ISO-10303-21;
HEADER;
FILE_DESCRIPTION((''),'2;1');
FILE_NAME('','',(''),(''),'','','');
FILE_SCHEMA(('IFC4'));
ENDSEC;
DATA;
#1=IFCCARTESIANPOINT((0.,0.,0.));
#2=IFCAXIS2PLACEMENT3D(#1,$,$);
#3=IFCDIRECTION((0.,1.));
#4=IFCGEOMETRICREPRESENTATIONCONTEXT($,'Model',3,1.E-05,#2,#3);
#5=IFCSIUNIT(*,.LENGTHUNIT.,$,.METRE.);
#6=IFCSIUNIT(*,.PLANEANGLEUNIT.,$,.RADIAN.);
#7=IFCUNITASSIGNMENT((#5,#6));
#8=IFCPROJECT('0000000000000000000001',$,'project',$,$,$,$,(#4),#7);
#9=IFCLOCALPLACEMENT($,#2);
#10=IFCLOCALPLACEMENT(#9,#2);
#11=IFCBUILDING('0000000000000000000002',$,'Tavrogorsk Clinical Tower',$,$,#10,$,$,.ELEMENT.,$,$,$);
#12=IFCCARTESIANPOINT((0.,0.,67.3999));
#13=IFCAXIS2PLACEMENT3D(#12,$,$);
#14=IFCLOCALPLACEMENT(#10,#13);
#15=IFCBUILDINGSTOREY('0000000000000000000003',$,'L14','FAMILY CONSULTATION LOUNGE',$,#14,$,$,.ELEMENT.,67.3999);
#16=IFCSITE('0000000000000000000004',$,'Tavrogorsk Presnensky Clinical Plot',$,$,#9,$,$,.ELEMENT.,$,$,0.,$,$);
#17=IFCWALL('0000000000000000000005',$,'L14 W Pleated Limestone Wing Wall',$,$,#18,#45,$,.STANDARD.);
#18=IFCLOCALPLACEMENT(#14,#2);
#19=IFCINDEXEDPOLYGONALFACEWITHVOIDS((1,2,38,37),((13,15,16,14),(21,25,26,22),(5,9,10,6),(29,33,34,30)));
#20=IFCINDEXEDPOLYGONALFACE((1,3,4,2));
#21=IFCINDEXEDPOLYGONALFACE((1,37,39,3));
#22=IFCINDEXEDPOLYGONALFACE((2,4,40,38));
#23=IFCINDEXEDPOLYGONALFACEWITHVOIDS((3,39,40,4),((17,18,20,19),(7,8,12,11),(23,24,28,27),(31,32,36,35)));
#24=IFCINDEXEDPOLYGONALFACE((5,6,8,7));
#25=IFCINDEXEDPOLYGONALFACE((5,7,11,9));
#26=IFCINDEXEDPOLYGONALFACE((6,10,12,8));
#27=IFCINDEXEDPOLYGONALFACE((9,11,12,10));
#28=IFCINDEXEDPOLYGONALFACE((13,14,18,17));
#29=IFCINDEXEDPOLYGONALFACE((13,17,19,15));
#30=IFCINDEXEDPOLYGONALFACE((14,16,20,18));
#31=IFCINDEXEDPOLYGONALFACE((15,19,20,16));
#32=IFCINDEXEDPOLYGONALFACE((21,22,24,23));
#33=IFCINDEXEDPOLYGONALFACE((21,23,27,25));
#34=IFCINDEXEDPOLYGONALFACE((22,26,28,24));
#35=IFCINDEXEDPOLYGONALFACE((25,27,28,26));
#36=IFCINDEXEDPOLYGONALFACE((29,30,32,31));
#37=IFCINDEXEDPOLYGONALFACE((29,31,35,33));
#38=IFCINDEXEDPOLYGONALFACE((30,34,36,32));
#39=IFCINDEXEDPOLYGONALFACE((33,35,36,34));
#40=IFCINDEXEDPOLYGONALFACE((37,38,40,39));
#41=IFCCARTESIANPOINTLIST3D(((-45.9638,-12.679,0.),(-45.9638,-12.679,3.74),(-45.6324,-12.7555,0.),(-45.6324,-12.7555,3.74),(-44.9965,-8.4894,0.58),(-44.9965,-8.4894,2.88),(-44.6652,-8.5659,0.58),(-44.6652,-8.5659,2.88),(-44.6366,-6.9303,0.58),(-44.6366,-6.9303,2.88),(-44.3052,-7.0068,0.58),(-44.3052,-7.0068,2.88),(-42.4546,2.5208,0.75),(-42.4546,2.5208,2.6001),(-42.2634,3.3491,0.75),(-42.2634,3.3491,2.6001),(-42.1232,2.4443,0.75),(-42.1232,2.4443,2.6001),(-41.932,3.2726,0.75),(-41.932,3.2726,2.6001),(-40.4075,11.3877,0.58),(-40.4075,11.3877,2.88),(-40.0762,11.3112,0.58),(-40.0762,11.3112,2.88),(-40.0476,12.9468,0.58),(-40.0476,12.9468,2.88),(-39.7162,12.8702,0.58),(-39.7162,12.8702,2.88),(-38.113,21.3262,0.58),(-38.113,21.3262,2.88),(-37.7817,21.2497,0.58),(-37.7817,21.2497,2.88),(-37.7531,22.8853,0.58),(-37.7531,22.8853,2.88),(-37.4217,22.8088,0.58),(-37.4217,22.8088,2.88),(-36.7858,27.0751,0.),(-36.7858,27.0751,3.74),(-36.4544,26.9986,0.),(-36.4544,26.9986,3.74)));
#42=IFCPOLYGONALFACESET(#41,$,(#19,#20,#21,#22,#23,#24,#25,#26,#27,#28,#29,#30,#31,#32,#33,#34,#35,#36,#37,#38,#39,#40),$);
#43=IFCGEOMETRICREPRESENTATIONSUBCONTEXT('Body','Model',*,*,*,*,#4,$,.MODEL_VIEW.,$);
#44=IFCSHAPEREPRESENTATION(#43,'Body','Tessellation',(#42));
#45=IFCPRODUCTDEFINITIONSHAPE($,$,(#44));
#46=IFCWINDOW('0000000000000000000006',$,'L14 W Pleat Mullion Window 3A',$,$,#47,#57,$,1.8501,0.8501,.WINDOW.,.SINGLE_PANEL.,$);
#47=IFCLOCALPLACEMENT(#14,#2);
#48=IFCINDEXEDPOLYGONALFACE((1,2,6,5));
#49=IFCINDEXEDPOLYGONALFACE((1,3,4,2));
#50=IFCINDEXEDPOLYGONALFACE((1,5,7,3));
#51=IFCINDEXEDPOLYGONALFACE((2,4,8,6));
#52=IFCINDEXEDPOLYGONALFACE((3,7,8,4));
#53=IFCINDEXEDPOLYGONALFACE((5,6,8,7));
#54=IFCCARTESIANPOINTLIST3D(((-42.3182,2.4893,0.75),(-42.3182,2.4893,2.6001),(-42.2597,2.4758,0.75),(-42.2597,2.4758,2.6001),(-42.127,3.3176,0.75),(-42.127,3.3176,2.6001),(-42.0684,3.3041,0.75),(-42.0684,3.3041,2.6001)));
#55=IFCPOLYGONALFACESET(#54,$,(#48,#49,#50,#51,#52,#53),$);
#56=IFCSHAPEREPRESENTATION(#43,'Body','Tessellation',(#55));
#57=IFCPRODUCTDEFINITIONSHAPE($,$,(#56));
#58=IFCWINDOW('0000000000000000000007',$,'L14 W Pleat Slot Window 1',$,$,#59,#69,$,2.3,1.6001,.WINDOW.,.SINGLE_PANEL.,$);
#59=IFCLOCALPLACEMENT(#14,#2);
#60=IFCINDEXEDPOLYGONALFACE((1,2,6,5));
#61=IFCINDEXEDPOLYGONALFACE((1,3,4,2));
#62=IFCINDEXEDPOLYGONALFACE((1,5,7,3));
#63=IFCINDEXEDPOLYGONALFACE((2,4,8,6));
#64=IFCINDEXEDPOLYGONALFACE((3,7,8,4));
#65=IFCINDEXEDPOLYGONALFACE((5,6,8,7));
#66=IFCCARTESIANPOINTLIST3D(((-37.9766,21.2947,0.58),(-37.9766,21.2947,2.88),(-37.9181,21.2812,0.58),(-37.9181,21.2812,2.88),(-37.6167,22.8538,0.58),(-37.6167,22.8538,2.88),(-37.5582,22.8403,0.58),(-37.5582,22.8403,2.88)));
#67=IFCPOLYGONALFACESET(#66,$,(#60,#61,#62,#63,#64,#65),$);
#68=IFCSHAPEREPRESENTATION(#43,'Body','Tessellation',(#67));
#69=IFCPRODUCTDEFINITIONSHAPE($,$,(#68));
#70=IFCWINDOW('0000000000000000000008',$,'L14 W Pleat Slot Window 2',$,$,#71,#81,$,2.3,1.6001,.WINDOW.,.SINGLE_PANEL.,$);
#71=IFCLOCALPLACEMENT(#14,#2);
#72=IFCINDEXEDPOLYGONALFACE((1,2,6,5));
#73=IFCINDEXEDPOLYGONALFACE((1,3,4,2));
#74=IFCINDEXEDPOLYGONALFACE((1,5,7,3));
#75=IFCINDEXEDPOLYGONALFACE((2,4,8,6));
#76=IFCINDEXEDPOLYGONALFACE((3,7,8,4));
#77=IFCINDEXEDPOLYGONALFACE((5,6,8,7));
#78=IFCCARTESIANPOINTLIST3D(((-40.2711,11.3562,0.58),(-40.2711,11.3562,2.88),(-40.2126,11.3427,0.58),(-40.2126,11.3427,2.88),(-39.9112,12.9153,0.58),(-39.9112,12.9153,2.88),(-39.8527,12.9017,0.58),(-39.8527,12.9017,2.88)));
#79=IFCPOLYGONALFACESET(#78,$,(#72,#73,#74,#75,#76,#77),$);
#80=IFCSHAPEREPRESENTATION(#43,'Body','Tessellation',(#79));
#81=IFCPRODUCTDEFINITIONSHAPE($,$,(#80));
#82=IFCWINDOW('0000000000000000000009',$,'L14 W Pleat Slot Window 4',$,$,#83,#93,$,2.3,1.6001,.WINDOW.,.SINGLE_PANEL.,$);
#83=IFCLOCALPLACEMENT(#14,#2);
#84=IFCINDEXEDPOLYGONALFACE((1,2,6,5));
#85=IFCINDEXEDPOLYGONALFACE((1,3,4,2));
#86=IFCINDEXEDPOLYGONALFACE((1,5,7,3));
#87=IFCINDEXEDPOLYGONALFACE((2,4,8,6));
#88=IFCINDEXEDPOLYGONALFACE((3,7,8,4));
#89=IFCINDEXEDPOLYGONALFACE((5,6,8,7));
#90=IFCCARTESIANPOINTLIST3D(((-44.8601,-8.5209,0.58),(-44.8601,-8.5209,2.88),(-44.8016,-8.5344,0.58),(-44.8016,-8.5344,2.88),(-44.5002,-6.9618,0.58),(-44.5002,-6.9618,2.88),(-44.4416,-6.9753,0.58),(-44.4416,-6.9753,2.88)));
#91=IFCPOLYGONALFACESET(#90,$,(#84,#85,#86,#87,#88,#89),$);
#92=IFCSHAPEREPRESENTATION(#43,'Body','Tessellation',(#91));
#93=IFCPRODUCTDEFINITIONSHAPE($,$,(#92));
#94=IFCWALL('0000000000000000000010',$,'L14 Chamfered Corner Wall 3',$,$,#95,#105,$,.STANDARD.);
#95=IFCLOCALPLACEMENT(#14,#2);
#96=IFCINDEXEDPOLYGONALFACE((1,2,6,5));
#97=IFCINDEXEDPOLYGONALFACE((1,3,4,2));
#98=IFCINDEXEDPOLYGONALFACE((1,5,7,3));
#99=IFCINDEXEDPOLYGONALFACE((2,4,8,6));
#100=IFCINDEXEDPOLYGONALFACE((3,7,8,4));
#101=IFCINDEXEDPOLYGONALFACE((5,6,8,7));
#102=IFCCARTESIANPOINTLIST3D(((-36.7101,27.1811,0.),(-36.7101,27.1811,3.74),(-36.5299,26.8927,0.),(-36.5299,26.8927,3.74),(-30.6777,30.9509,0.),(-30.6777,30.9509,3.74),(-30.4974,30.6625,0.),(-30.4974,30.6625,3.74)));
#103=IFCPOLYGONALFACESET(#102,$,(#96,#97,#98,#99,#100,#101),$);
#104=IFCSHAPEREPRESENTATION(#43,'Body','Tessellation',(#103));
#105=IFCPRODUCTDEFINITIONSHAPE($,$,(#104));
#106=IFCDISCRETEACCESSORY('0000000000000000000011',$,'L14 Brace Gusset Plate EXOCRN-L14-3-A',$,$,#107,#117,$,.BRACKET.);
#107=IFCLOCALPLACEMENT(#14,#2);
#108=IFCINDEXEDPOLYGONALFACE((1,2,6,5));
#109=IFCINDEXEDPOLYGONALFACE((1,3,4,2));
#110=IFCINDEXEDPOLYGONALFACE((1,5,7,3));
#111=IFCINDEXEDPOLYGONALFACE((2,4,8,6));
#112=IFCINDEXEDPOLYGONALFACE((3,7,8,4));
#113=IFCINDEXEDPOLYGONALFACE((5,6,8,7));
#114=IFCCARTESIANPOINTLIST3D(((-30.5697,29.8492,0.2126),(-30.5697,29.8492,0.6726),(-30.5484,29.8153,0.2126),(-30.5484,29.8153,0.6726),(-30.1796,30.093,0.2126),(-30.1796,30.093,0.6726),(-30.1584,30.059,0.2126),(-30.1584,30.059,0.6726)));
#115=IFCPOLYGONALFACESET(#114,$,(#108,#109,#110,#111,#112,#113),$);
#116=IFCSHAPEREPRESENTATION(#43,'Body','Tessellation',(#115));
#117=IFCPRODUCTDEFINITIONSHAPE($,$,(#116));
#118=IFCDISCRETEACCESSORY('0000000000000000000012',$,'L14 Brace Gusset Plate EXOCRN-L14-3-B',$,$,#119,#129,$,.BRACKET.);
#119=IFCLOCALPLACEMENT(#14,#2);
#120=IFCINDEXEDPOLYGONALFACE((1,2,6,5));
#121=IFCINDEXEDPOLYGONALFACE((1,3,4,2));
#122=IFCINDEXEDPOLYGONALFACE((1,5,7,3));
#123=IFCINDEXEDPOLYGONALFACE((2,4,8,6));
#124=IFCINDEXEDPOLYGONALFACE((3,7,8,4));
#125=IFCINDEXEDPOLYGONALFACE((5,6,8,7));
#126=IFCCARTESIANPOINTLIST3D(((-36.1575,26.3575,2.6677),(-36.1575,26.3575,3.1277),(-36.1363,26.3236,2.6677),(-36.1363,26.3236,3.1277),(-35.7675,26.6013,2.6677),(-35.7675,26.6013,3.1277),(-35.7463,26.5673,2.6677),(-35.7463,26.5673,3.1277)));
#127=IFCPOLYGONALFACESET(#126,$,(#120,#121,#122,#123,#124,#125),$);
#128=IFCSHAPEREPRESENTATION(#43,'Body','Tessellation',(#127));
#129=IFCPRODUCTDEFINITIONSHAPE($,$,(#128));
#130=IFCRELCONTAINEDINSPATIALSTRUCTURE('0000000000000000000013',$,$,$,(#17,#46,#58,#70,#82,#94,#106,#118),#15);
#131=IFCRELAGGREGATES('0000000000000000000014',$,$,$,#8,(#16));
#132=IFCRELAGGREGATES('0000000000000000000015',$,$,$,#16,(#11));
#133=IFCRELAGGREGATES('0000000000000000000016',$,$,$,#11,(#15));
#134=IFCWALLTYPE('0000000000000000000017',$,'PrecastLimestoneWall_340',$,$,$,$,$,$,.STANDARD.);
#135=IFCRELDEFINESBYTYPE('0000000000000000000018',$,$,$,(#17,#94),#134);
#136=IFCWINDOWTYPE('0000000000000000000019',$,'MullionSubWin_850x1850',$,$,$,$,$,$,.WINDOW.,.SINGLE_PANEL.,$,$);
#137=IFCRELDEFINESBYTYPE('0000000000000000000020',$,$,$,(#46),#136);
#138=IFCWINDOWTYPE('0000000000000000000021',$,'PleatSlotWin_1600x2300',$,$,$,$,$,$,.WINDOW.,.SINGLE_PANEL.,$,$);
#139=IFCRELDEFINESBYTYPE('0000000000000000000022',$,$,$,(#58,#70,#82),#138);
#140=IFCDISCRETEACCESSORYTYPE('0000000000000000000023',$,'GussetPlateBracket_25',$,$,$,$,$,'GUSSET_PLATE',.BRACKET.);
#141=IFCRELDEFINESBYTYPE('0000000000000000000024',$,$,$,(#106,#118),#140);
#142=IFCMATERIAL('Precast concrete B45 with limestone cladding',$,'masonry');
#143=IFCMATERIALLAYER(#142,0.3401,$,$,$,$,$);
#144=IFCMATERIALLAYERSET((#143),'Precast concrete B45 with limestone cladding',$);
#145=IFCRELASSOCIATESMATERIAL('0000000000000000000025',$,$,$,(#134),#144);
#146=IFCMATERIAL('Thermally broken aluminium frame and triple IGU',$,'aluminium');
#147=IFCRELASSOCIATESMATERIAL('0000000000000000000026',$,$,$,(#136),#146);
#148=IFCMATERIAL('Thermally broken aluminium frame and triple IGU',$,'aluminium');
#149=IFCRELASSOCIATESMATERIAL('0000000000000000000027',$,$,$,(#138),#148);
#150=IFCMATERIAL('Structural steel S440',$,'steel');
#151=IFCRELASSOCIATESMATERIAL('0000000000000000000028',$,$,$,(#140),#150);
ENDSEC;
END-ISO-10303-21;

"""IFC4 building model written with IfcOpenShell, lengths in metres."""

from ifc_helpers import new_model, si_unit, direction, frame, frame_2d, origin, origin_2d, place, context, subcontext, project, spatial, rectangle, extrude, material, layer, layer_set, type_object, element, fill, save


model = new_model("IFC4")

# Units and contexts
model_context = context("Model", 3, precision=1e-05, world=origin(), true_north=direction((0.0, 1.0)))
body_context = subcontext(model_context, "Body", "Model", "MODEL_VIEW")
ifc_project = project(units=[si_unit("LENGTHUNIT", "METRE"), si_unit("PLANEANGLEUNIT", "RADIAN")], contexts=[model_context])

# Site, building, storey
site_placement = place(None, origin())
site = spatial("IfcSite", under=ifc_project, at=site_placement, Name="Tavrogorsk Presnensky Clinical Plot", CompositionType="ELEMENT", RefElevation=0.0)
building_placement = place(site_placement, origin())
building = spatial("IfcBuilding", under=site, at=building_placement, Name="Tavrogorsk Clinical Tower", CompositionType="ELEMENT")
storey_placement = place(building_placement, frame((0.0, 0.0, 67.3999)))
storey = spatial("IfcBuildingStorey", under=building, at=storey_placement, Name="L14", Description="FAMILY CONSULTATION LOUNGE", CompositionType="ELEMENT", Elevation=67.3999)

# Wall, openings, windows
ifc_material_1 = material(Name="Precast concrete B45 with limestone cladding", Category="masonry")
ifc_layer_1 = layer(ifc_material_1, 0.3401)
ifc_layer_set_1 = layer_set([ifc_layer_1], Name="Precast concrete B45 with limestone cladding")
wall_type_1 = type_object("IfcWallType", Name="PrecastLimestoneWall_340", PredefinedType="STANDARD", material=ifc_layer_set_1)
wall_1_placement = place(storey_placement, frame((-36.6201, 27.0369, 0.0), z_axis=(0.0, 0.0, 1.0), x_axis=(-0.224951, -0.97437, 0.0)))
wall_1 = element("IfcWall", 1, at=wall_1_placement, inside=storey, type_object=wall_type_1, Name="L14 W Pleated Limestone Wing Wall", PredefinedType="STANDARD", context=body_context, shape_type="SweptSolid", body=[
    extrude(rectangle(XDim=40.7998, YDim=0.3401, at=frame_2d((20.3999, 0.0))), origin(), (0.0, 0.0, 1.0), 3.74),
])
opening_1_placement = place(wall_1_placement, frame((4.3, 0.0, 0.5801)))
opening_1 = element("IfcOpeningElement", 2, at=opening_1_placement, cuts=wall_1, PredefinedType="OPENING", context=body_context, shape_type="SweptSolid", body=[
    extrude(rectangle(XDim=1.6001, YDim=2.3, at=frame_2d((0.8, 1.1499))), frame((0.0, 0.1799, 0.0), z_axis=(0.0, -1.0, 0.0), x_axis=(1.0, 0.0, 0.0)), (0.0, 0.0, 1.0), 0.3601),
])
opening_2_placement = place(wall_1_placement, frame((14.5, 0.0, 0.5801)))
opening_2 = element("IfcOpeningElement", 3, at=opening_2_placement, cuts=wall_1, PredefinedType="OPENING", context=body_context, shape_type="SweptSolid", body=[
    extrude(rectangle(XDim=1.6001, YDim=2.3, at=frame_2d((0.8, 1.1499))), frame((0.0, 0.1799, 0.0), z_axis=(0.0, -1.0, 0.0), x_axis=(1.0, 0.0, 0.0)), (0.0, 0.0, 1.0), 0.3601),
])
opening_3_placement = place(wall_1_placement, frame((24.3501, 0.0, 0.75)))
opening_3 = element("IfcOpeningElement", 4, at=opening_3_placement, cuts=wall_1, PredefinedType="OPENING", context=body_context, shape_type="SweptSolid", body=[
    extrude(rectangle(XDim=0.8501, YDim=1.8501, at=frame_2d((0.425, 0.925))), frame((0.0, 0.1799, 0.0), z_axis=(0.0, -1.0, 0.0), x_axis=(1.0, 0.0, 0.0)), (0.0, 0.0, 1.0), 0.3601),
])
opening_4_placement = place(wall_1_placement, frame((34.8999, 0.0, 0.5801)))
opening_4 = element("IfcOpeningElement", 5, at=opening_4_placement, cuts=wall_1, PredefinedType="OPENING", context=body_context, shape_type="SweptSolid", body=[
    extrude(rectangle(XDim=1.6001, YDim=2.3, at=frame_2d((0.8, 1.1499))), frame((0.0, 0.1799, 0.0), z_axis=(0.0, -1.0, 0.0), x_axis=(1.0, 0.0, 0.0)), (0.0, 0.0, 1.0), 0.3601),
])
ifc_material_2 = material(Name="Thermally broken aluminium frame and triple IGU", Category="aluminium")
window_type_1 = type_object("IfcWindowType", Name="MullionSubWin_850x1850", PartitioningType="SINGLE_PANEL", PredefinedType="WINDOW", material=ifc_material_2)
window_1_placement = place(opening_3_placement, origin())
window_1 = element("IfcWindow", 6, at=window_1_placement, inside=storey, type_object=window_type_1, Name="L14 W Pleat Mullion Window 3A", OverallHeight=1.8501, OverallWidth=0.8501, PartitioningType="SINGLE_PANEL", PredefinedType="WINDOW", context=body_context, shape_type="SweptSolid", body=[
    extrude(rectangle(XDim=0.8501, YDim=1.8501, at=frame_2d((0.425, 0.925))), frame((0.0, 0.03, 0.0), z_axis=(0.0, -1.0, 0.0), x_axis=(1.0, 0.0, 0.0)), (0.0, 0.0, 1.0), 0.0601),
])
fill(opening_3, window_1)
ifc_material_3 = material(Name="Thermally broken aluminium frame and triple IGU", Category="aluminium")
window_type_2 = type_object("IfcWindowType", Name="PleatSlotWin_1600x2300", PartitioningType="SINGLE_PANEL", PredefinedType="WINDOW", material=ifc_material_3)
window_2_placement = place(opening_1_placement, origin())
window_2 = element("IfcWindow", 7, at=window_2_placement, inside=storey, type_object=window_type_2, Name="L14 W Pleat Slot Window 1", OverallHeight=2.3, OverallWidth=1.6001, PartitioningType="SINGLE_PANEL", PredefinedType="WINDOW", context=body_context, shape_type="SweptSolid", body=[
    extrude(rectangle(XDim=1.6001, YDim=2.3, at=frame_2d((0.8, 1.1499))), frame((0.0, 0.03, 0.0), z_axis=(0.0, -1.0, 0.0), x_axis=(1.0, 0.0, 0.0)), (0.0, 0.0, 1.0), 0.0601),
])
fill(opening_1, window_2)
window_3_placement = place(opening_2_placement, origin())
window_3 = element("IfcWindow", 8, at=window_3_placement, inside=storey, type_object=window_type_2, Name="L14 W Pleat Slot Window 2", OverallHeight=2.3, OverallWidth=1.6001, PartitioningType="SINGLE_PANEL", PredefinedType="WINDOW", context=body_context, shape_type="SweptSolid", body=[
    extrude(rectangle(XDim=1.6001, YDim=2.3, at=frame_2d((0.8, 1.1499))), frame((0.0, 0.03, 0.0), z_axis=(0.0, -1.0, 0.0), x_axis=(1.0, 0.0, 0.0)), (0.0, 0.0, 1.0), 0.0601),
])
fill(opening_2, window_3)
window_4_placement = place(opening_4_placement, origin())
window_4 = element("IfcWindow", 9, at=window_4_placement, inside=storey, type_object=window_type_2, Name="L14 W Pleat Slot Window 4", OverallHeight=2.3, OverallWidth=1.6001, PartitioningType="SINGLE_PANEL", PredefinedType="WINDOW", context=body_context, shape_type="SweptSolid", body=[
    extrude(rectangle(XDim=1.6001, YDim=2.3, at=frame_2d((0.8, 1.1499))), frame((0.0, 0.03, 0.0), z_axis=(0.0, -1.0, 0.0), x_axis=(1.0, 0.0, 0.0)), (0.0, 0.0, 1.0), 0.0601),
])
fill(opening_4, window_4)

# Wall
wall_2_placement = place(storey_placement, frame((-30.5876, 30.8066, 0.0), z_axis=(0.0, 0.0, 1.0), x_axis=(-0.848031, -0.529946, 0.0)))
element("IfcWall", 10, at=wall_2_placement, inside=storey, type_object=wall_type_1, Name="L14 Chamfered Corner Wall 3", PredefinedType="STANDARD", context=body_context, shape_type="SweptSolid", body=[
    extrude(rectangle(XDim=7.1135, YDim=0.3401, at=frame_2d((3.5566, 0.0))), origin(), (0.0, 0.0, 1.0), 3.74),
])

# Discrete accessories
ifc_material_4 = material(Name="Structural steel S440", Category="steel")
discrete_accessory_type = type_object("IfcDiscreteAccessoryType", Name="GussetPlateBracket_25", ElementType="GUSSET_PLATE", PredefinedType="BRACKET", material=ifc_material_4)
for number, where, z_axis, x_axis, name in (
    (11, (-30.364, 29.9541, 0.2126), (0.0, 0.0, 1.0), (-0.848048, -0.529919, 0.0), "L14 Brace Gusset Plate EXOCRN-L14-3-A"),
    (12, (-35.9519, 26.4624, 2.6677), (0.0, 0.0, 1.0), (-0.848048, -0.529919, 0.0), "L14 Brace Gusset Plate EXOCRN-L14-3-B"),
):
    element("IfcDiscreteAccessory", number, at=place(storey_placement, frame(where, z_axis=z_axis, x_axis=x_axis)), inside=storey, type_object=discrete_accessory_type, Name=name, PredefinedType="BRACKET", context=body_context, shape_type="SweptSolid", body=[
        extrude(rectangle(XDim=0.46, YDim=0.04, at=origin_2d()), origin(), (0.0, 0.0, 1.0), 0.46),
    ])

save(model, "model.ifc")
